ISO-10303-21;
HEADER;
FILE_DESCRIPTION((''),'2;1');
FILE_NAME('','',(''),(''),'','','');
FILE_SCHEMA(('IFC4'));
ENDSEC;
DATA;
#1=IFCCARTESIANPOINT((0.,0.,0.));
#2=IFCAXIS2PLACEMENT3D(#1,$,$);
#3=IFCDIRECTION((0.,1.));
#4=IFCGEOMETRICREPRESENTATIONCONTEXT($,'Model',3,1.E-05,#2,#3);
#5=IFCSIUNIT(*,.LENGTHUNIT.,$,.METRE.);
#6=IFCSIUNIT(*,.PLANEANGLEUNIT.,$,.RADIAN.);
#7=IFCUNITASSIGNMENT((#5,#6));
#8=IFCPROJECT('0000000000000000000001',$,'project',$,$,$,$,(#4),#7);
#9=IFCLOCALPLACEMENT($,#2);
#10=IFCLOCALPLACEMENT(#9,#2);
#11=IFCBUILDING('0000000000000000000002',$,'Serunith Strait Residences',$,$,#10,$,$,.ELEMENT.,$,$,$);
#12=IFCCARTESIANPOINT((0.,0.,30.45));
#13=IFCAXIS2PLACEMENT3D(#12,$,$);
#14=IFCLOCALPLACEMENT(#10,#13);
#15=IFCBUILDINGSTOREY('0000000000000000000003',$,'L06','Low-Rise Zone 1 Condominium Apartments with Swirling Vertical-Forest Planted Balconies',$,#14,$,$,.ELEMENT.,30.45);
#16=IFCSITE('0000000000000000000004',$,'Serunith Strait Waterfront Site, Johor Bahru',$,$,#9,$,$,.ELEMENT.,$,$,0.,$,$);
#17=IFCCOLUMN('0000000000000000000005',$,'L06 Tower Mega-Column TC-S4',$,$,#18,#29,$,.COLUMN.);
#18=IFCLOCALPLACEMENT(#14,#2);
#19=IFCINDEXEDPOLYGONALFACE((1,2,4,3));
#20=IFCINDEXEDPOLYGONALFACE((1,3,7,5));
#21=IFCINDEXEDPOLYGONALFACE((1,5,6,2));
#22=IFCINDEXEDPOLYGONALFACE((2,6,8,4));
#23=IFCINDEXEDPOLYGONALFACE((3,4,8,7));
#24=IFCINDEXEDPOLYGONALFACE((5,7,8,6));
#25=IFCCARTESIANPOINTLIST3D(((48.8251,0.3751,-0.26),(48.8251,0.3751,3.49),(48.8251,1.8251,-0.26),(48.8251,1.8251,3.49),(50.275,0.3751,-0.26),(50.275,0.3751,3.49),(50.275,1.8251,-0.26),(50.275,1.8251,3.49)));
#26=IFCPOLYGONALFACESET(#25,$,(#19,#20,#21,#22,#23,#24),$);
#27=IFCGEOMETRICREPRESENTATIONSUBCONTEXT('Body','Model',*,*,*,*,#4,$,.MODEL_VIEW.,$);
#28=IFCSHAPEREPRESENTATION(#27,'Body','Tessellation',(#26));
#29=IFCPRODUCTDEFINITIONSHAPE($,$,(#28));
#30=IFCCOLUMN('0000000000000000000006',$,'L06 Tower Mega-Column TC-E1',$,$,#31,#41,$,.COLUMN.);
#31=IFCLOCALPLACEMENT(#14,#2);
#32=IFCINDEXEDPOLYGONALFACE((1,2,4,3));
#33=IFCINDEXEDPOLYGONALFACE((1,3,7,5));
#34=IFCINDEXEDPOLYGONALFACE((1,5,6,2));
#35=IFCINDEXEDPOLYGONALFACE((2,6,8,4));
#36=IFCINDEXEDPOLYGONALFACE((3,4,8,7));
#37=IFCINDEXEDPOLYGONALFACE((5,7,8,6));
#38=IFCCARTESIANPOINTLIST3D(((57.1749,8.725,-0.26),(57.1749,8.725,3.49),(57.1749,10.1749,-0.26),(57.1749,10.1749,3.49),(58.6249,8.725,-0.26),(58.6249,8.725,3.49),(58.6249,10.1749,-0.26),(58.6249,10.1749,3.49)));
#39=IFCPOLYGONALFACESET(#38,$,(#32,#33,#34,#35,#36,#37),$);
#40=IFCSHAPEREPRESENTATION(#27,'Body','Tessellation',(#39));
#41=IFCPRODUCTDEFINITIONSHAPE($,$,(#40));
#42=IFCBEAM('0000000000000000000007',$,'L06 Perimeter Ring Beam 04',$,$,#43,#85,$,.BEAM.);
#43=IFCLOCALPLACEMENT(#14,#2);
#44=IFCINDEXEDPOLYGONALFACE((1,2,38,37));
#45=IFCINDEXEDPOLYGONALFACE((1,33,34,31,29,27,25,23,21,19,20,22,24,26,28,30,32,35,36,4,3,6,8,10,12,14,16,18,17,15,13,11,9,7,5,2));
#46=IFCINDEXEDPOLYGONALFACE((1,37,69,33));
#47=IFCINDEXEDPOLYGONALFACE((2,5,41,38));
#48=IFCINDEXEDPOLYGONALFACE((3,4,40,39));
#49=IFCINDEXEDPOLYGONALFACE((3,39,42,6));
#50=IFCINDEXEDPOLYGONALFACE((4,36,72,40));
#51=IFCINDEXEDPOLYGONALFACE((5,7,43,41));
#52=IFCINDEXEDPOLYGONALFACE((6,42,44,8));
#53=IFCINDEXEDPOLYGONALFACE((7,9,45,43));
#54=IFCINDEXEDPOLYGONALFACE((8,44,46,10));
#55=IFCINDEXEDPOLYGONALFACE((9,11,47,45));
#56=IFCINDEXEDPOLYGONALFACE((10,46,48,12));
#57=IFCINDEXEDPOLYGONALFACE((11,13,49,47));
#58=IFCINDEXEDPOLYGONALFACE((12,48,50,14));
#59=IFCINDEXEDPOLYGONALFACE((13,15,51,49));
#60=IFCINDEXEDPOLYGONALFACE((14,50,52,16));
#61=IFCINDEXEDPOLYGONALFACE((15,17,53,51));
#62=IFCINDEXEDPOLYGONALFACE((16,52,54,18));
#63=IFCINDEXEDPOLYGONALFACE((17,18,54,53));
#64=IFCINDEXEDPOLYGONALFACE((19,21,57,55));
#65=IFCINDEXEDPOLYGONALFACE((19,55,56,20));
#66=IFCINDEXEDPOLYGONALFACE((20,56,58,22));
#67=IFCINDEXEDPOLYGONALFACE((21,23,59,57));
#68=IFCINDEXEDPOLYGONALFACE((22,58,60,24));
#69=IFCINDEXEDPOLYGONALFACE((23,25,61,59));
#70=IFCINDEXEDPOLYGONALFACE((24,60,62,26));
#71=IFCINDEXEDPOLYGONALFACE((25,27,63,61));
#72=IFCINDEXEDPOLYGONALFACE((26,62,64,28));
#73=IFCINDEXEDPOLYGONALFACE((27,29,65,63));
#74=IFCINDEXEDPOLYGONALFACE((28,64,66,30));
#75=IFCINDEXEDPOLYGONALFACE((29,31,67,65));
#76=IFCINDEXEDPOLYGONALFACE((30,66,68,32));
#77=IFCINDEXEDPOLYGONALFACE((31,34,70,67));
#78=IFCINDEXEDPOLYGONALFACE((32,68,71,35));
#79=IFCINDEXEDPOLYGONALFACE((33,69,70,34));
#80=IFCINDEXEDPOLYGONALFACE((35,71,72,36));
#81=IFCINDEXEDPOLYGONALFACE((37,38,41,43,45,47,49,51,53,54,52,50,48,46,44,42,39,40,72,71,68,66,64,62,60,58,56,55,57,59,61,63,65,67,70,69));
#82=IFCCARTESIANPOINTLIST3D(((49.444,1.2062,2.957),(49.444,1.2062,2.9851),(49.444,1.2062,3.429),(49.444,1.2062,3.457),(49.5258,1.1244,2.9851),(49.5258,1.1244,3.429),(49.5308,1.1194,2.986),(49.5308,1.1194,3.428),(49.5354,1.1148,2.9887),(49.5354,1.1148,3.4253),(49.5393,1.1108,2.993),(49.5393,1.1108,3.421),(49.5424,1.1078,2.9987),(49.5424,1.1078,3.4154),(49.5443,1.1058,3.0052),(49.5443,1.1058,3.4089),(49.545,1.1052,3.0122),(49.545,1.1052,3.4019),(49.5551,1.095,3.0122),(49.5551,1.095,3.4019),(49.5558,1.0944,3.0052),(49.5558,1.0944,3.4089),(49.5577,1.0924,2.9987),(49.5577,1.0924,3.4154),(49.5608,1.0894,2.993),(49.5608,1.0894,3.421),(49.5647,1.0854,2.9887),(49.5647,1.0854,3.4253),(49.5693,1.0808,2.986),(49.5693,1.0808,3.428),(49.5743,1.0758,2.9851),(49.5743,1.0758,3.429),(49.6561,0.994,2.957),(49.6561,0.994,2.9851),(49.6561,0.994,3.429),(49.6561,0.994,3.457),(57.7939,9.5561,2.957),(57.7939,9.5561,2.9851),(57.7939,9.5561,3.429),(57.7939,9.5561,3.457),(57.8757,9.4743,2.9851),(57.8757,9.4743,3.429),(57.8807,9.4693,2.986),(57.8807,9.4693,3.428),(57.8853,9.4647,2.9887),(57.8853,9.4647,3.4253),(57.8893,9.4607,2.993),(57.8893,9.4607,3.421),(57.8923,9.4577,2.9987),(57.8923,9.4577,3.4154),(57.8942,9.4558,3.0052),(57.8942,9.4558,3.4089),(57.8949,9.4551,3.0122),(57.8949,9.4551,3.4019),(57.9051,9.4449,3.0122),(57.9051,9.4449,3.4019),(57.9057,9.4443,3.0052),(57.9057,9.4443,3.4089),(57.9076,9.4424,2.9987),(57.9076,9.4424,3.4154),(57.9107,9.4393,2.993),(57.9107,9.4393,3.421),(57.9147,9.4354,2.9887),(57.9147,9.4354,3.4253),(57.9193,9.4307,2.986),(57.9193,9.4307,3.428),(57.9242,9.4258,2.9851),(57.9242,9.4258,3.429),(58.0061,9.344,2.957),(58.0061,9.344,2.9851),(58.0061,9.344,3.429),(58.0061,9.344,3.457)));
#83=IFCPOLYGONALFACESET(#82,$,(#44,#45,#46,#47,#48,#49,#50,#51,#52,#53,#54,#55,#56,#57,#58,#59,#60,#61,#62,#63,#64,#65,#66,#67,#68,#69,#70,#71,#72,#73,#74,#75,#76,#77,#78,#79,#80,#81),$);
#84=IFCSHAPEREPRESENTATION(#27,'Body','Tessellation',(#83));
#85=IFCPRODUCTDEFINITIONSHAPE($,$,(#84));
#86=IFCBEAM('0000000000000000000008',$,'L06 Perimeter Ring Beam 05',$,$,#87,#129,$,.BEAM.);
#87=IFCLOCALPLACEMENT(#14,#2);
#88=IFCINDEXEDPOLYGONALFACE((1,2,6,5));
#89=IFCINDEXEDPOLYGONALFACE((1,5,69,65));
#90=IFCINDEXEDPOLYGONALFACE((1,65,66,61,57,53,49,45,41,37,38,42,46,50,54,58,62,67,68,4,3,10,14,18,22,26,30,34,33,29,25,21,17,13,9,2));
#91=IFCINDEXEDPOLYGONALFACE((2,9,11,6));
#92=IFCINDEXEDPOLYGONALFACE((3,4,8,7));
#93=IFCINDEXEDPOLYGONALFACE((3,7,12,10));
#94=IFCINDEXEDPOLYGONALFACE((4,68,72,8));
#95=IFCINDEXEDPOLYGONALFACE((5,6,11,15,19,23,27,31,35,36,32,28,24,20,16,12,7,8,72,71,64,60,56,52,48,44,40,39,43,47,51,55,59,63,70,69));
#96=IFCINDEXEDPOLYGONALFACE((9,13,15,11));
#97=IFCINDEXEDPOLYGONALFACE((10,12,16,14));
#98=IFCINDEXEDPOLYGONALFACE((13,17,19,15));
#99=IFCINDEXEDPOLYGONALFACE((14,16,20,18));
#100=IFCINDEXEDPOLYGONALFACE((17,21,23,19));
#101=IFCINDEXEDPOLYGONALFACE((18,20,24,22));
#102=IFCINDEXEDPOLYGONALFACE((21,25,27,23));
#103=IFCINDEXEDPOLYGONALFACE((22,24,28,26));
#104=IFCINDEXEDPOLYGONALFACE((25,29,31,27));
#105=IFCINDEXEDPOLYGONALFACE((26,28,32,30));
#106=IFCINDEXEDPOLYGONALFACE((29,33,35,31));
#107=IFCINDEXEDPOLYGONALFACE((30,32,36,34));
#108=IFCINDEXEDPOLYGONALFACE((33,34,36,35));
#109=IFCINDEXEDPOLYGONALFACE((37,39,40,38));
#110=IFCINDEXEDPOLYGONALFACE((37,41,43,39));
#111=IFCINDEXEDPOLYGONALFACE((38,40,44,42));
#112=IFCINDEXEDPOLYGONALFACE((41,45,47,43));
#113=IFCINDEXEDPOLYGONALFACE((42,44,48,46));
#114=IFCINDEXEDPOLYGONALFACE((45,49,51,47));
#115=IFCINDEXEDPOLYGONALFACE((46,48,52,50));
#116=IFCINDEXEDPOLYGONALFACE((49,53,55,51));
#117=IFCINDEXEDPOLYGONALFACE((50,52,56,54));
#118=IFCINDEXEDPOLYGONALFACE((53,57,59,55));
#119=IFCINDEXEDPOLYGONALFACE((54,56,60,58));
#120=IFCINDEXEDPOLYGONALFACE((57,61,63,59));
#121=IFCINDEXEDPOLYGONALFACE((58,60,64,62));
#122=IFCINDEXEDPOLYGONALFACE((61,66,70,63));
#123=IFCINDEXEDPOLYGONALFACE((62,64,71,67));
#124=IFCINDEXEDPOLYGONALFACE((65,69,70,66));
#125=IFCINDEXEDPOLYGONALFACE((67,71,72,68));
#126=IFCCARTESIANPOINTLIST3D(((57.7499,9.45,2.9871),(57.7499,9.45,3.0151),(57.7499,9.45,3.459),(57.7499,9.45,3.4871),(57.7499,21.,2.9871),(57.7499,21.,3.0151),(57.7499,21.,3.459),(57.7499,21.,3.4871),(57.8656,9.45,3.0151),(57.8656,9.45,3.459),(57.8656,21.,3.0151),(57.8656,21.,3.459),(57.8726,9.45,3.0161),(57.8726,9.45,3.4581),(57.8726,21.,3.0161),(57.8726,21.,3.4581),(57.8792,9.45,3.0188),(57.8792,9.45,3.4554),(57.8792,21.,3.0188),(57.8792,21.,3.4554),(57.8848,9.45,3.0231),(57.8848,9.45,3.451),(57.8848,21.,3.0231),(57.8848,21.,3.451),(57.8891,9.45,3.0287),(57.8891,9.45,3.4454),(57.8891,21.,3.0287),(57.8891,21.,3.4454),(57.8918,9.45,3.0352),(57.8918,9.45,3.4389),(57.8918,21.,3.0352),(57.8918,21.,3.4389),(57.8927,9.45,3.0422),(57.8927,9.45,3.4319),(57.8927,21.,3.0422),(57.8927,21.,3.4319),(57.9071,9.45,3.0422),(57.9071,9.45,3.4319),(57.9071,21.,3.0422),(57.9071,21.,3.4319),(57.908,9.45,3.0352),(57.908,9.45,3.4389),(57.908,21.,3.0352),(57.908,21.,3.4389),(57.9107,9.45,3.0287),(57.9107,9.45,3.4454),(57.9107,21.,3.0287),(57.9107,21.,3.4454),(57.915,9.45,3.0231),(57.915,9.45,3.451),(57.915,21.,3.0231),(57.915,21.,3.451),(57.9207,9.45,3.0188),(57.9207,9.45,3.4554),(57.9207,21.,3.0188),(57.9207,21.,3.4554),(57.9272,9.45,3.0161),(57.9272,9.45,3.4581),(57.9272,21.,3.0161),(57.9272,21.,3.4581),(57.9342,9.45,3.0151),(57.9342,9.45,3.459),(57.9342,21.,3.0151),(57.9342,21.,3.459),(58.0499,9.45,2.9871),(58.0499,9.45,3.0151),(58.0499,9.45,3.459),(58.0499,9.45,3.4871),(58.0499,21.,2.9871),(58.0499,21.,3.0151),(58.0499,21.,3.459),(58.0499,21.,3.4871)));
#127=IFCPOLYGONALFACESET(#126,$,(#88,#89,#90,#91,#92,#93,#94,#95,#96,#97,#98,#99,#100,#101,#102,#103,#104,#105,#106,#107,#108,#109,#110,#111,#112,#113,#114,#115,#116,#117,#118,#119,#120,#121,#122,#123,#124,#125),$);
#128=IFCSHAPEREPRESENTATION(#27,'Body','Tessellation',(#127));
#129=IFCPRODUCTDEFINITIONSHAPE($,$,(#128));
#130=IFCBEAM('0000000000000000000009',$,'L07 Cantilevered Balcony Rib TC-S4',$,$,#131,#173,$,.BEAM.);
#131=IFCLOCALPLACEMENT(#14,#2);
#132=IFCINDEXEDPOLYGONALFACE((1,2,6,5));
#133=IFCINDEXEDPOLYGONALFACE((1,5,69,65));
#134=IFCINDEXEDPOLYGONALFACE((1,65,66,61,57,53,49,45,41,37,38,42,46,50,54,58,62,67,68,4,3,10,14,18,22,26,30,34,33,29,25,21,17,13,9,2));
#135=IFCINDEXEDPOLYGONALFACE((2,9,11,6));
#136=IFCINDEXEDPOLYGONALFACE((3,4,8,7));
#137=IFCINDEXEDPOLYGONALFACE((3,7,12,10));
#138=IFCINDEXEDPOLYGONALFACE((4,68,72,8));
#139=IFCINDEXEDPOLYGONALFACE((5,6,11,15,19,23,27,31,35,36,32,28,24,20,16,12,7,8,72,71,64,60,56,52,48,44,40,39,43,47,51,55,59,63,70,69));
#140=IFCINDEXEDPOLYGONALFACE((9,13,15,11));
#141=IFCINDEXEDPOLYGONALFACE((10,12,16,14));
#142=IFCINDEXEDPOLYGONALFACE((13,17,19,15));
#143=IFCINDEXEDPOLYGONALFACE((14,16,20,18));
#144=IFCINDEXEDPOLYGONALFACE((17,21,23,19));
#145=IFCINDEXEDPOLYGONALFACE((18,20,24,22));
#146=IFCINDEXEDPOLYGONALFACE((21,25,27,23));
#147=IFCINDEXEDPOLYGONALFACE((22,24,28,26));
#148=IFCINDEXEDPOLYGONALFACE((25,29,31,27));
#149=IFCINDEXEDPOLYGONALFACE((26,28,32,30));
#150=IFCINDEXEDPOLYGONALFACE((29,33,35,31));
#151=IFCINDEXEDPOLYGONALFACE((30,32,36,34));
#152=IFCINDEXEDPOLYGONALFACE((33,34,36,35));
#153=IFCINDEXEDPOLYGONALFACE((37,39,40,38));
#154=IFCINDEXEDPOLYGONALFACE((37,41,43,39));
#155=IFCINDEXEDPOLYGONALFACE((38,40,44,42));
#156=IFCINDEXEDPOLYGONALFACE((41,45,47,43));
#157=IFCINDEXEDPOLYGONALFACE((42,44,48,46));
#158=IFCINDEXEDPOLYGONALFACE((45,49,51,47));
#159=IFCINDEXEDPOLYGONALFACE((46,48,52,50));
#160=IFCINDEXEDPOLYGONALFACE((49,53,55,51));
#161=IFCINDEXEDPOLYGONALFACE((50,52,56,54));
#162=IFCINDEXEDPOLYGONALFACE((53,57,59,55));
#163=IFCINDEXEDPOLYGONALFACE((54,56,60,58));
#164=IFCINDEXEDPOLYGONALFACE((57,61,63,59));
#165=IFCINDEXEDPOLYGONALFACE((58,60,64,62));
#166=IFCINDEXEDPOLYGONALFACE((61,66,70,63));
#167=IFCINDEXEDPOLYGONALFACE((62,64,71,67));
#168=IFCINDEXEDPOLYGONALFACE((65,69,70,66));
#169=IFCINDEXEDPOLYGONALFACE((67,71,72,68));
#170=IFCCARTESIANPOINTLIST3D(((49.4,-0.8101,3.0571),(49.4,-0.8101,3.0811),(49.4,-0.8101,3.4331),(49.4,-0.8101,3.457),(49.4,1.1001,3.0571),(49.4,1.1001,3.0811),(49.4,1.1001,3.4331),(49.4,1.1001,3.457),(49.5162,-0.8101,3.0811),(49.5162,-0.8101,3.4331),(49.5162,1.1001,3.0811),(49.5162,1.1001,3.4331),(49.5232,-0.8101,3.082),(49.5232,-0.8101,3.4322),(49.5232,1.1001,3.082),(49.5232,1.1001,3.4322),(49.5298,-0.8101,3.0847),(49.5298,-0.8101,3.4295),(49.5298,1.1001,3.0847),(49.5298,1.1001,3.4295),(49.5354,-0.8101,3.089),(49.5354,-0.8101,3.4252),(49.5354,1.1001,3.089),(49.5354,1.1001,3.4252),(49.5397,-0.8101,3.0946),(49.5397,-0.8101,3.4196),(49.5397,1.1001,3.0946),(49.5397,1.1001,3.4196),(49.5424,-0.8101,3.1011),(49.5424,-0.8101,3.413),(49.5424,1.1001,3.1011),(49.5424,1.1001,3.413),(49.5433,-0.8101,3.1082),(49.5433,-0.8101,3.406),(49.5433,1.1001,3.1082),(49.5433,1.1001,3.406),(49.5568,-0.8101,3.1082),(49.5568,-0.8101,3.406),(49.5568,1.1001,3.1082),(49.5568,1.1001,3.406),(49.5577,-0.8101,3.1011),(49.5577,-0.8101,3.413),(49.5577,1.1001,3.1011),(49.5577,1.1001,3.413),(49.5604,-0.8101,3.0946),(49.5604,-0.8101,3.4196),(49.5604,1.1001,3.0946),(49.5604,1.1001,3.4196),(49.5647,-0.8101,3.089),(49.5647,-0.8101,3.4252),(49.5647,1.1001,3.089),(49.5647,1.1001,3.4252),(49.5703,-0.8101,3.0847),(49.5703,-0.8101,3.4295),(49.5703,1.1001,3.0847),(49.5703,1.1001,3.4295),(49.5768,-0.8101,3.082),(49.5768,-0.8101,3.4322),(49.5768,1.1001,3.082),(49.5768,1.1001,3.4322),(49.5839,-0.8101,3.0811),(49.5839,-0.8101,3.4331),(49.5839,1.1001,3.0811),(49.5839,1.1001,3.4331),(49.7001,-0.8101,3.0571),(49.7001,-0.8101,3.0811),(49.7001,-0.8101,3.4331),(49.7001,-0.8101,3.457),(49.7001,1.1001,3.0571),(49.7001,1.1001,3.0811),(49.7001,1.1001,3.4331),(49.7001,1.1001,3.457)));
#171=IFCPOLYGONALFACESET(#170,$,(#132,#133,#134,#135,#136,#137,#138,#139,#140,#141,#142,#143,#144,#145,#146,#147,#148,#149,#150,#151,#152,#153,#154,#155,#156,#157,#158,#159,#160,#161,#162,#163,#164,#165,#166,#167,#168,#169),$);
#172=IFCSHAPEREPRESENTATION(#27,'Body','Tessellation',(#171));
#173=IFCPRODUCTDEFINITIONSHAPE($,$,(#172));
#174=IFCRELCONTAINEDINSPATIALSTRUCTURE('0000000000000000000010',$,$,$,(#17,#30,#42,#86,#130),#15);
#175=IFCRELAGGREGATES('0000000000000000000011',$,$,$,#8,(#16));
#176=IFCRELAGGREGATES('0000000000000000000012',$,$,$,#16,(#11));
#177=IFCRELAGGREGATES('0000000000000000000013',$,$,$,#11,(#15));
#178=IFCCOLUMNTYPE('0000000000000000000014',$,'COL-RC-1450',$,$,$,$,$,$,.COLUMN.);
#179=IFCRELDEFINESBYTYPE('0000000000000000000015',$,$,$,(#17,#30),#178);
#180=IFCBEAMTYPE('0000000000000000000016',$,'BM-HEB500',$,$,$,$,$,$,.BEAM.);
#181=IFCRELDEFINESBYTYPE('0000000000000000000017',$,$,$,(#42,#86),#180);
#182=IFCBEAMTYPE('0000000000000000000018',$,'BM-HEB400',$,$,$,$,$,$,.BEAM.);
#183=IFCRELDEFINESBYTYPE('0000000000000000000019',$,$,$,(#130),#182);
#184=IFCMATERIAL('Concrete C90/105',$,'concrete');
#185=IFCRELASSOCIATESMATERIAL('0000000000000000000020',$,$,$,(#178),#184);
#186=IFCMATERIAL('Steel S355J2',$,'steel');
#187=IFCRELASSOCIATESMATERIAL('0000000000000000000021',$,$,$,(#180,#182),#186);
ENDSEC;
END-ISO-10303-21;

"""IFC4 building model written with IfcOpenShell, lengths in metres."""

from ifc_helpers import new_model, si_unit, direction, frame, origin, origin_2d, place, context, subcontext, project, spatial, rectangle, i_section, extrude, source, transform, mapped, material, material_profile, profile_set, type_object, element, save


model = new_model("IFC4")

# Units and contexts
model_context = context("Model", 3, precision=1e-05, world=origin(), true_north=direction((0.0, 1.0)))
body_context = subcontext(model_context, "Body", "Model", "MODEL_VIEW")
ifc_project = project(units=[si_unit("LENGTHUNIT", "METRE"), si_unit("PLANEANGLEUNIT", "RADIAN")], contexts=[model_context])

# Site, building, storey
site_placement = place(None, origin())
site = spatial("IfcSite", under=ifc_project, at=site_placement, Name="Serunith Strait Waterfront Site, Johor Bahru", CompositionType="ELEMENT", RefElevation=0.0)
building_placement = place(site_placement, origin())
building = spatial("IfcBuilding", under=site, at=building_placement, Name="Serunith Strait Residences", CompositionType="ELEMENT")
storey_placement = place(building_placement, frame((0.0, 0.0, 30.45)))
storey = spatial("IfcBuildingStorey", under=building, at=storey_placement, Name="L06", Description="Low-Rise Zone 1 Condominium Apartments with Swirling Vertical-Forest Planted Balconies", CompositionType="ELEMENT", Elevation=30.45)

# Columns
ifc_material_1 = material(Name="Concrete C90/105", Category="concrete")
ifc_material_profile_1 = material_profile(ifc_material_1, rectangle(XDim=1.45, YDim=1.45, at=origin_2d()), Name="RC 1450x1450")
ifc_profile_set_1 = profile_set([ifc_material_profile_1], Name="Concrete C90/105")
column_type = type_object("IfcColumnType", Name="COL-RC-1450", PredefinedType="COLUMN", material=ifc_profile_set_1)
shared_shape_1 = source(origin(), body_context, "Body", "SweptSolid", [
    extrude(rectangle(XDim=1.45, YDim=1.45, at=origin_2d()), origin(), (0.0, 0.0, 1.0), 3.75),
])
for number, where, z_axis, x_axis, name in (
    (1, (49.55, 1.1001, -0.26), (0.0, 0.0, 1.0), (1.0, 0.0, 0.0), "L06 Tower Mega-Column TC-S4"),
    (2, (57.8999, 9.45, -0.26), (0.0, 0.0, 1.0), (1.0, 0.0, 0.0), "L06 Tower Mega-Column TC-E1"),
):
    element("IfcColumn", number, at=place(storey_placement, frame(where, z_axis=z_axis, x_axis=x_axis)), inside=storey, type_object=column_type, Name=name, PredefinedType="COLUMN", context=body_context, shape_type="MappedRepresentation", body=[
        mapped(shared_shape_1, transform((0.0, 0.0, 0.0), scale=1.0)),
    ])

# Beams
ifc_material_2 = material(Name="Steel S355J2", Category="steel")
ifc_material_profile_2 = material_profile(ifc_material_2, i_section(OverallWidth=0.3, OverallDepth=0.5, WebThickness=0.0144, FlangeThickness=0.0281, FilletRadius=0.0271, at=origin_2d()), Name="HEB 500")
ifc_profile_set_2 = profile_set([ifc_material_profile_2], Name="Steel S355J2")
beam_type_1 = type_object("IfcBeamType", Name="BM-HEB500", PredefinedType="BEAM", material=ifc_profile_set_2)
shared_shape_2 = source(origin(), body_context, "Body", "SweptSolid", [
    extrude(i_section(OverallWidth=0.3, OverallDepth=0.5, WebThickness=0.0144, FlangeThickness=0.0281, FilletRadius=0.0271, at=origin_2d()), origin(), (0.0, 0.0, 1.0), 11.8086),
])
beam_1_placement = place(storey_placement, frame((49.55, 1.1001, 3.207), z_axis=(0.707107, 0.707107, 0.0), x_axis=(-0.707107, 0.707107, 0.0)))
element("IfcBeam", 3, at=beam_1_placement, inside=storey, type_object=beam_type_1, Name="L06 Perimeter Ring Beam 04", PredefinedType="BEAM", context=body_context, shape_type="MappedRepresentation", body=[
    mapped(shared_shape_2, transform((0.0, 0.0, 0.0), scale=1.0)),
])
shared_shape_3 = source(origin(), body_context, "Body", "SweptSolid", [
    extrude(i_section(OverallWidth=0.3, OverallDepth=0.5, WebThickness=0.0144, FlangeThickness=0.0281, FilletRadius=0.0271, at=origin_2d()), origin(), (0.0, 0.0, 1.0), 11.55),
])
beam_2_placement = place(storey_placement, frame((57.8999, 9.45, 3.2371), z_axis=(0.0, 1.0, 0.0), x_axis=(-1.0, 0.0, 0.0)))
element("IfcBeam", 4, at=beam_2_placement, inside=storey, type_object=beam_type_1, Name="L06 Perimeter Ring Beam 05", PredefinedType="BEAM", context=body_context, shape_type="MappedRepresentation", body=[
    mapped(shared_shape_3, transform((0.0, 0.0, 0.0), scale=1.0)),
])
ifc_material_profile_3 = material_profile(ifc_material_2, i_section(OverallWidth=0.3, OverallDepth=0.3999, WebThickness=0.0134, FlangeThickness=0.0239, FilletRadius=0.0271, at=origin_2d()), Name="HEB 400")
ifc_profile_set_3 = profile_set([ifc_material_profile_3], Name="Steel S355J2")
beam_type_2 = type_object("IfcBeamType", Name="BM-HEB400", PredefinedType="BEAM", material=ifc_profile_set_3)
shared_shape_4 = source(origin(), body_context, "Body", "SweptSolid", [
    extrude(i_section(OverallWidth=0.3, OverallDepth=0.3999, WebThickness=0.0134, FlangeThickness=0.0239, FilletRadius=0.0271, at=origin_2d()), origin(), (0.0, 0.0, 1.0), 1.9102),
])
beam_3_placement = place(storey_placement, frame((49.55, 1.1001, 3.2571), z_axis=(0.0, -1.0, 0.0), x_axis=(1.0, 0.0, 0.0)))
element("IfcBeam", 5, at=beam_3_placement, inside=storey, type_object=beam_type_2, Name="L07 Cantilevered Balcony Rib TC-S4", PredefinedType="BEAM", context=body_context, shape_type="MappedRepresentation", body=[
    mapped(shared_shape_4, transform((0.0, 0.0, 0.0), scale=1.0)),
])

save(model, "model.ifc")
